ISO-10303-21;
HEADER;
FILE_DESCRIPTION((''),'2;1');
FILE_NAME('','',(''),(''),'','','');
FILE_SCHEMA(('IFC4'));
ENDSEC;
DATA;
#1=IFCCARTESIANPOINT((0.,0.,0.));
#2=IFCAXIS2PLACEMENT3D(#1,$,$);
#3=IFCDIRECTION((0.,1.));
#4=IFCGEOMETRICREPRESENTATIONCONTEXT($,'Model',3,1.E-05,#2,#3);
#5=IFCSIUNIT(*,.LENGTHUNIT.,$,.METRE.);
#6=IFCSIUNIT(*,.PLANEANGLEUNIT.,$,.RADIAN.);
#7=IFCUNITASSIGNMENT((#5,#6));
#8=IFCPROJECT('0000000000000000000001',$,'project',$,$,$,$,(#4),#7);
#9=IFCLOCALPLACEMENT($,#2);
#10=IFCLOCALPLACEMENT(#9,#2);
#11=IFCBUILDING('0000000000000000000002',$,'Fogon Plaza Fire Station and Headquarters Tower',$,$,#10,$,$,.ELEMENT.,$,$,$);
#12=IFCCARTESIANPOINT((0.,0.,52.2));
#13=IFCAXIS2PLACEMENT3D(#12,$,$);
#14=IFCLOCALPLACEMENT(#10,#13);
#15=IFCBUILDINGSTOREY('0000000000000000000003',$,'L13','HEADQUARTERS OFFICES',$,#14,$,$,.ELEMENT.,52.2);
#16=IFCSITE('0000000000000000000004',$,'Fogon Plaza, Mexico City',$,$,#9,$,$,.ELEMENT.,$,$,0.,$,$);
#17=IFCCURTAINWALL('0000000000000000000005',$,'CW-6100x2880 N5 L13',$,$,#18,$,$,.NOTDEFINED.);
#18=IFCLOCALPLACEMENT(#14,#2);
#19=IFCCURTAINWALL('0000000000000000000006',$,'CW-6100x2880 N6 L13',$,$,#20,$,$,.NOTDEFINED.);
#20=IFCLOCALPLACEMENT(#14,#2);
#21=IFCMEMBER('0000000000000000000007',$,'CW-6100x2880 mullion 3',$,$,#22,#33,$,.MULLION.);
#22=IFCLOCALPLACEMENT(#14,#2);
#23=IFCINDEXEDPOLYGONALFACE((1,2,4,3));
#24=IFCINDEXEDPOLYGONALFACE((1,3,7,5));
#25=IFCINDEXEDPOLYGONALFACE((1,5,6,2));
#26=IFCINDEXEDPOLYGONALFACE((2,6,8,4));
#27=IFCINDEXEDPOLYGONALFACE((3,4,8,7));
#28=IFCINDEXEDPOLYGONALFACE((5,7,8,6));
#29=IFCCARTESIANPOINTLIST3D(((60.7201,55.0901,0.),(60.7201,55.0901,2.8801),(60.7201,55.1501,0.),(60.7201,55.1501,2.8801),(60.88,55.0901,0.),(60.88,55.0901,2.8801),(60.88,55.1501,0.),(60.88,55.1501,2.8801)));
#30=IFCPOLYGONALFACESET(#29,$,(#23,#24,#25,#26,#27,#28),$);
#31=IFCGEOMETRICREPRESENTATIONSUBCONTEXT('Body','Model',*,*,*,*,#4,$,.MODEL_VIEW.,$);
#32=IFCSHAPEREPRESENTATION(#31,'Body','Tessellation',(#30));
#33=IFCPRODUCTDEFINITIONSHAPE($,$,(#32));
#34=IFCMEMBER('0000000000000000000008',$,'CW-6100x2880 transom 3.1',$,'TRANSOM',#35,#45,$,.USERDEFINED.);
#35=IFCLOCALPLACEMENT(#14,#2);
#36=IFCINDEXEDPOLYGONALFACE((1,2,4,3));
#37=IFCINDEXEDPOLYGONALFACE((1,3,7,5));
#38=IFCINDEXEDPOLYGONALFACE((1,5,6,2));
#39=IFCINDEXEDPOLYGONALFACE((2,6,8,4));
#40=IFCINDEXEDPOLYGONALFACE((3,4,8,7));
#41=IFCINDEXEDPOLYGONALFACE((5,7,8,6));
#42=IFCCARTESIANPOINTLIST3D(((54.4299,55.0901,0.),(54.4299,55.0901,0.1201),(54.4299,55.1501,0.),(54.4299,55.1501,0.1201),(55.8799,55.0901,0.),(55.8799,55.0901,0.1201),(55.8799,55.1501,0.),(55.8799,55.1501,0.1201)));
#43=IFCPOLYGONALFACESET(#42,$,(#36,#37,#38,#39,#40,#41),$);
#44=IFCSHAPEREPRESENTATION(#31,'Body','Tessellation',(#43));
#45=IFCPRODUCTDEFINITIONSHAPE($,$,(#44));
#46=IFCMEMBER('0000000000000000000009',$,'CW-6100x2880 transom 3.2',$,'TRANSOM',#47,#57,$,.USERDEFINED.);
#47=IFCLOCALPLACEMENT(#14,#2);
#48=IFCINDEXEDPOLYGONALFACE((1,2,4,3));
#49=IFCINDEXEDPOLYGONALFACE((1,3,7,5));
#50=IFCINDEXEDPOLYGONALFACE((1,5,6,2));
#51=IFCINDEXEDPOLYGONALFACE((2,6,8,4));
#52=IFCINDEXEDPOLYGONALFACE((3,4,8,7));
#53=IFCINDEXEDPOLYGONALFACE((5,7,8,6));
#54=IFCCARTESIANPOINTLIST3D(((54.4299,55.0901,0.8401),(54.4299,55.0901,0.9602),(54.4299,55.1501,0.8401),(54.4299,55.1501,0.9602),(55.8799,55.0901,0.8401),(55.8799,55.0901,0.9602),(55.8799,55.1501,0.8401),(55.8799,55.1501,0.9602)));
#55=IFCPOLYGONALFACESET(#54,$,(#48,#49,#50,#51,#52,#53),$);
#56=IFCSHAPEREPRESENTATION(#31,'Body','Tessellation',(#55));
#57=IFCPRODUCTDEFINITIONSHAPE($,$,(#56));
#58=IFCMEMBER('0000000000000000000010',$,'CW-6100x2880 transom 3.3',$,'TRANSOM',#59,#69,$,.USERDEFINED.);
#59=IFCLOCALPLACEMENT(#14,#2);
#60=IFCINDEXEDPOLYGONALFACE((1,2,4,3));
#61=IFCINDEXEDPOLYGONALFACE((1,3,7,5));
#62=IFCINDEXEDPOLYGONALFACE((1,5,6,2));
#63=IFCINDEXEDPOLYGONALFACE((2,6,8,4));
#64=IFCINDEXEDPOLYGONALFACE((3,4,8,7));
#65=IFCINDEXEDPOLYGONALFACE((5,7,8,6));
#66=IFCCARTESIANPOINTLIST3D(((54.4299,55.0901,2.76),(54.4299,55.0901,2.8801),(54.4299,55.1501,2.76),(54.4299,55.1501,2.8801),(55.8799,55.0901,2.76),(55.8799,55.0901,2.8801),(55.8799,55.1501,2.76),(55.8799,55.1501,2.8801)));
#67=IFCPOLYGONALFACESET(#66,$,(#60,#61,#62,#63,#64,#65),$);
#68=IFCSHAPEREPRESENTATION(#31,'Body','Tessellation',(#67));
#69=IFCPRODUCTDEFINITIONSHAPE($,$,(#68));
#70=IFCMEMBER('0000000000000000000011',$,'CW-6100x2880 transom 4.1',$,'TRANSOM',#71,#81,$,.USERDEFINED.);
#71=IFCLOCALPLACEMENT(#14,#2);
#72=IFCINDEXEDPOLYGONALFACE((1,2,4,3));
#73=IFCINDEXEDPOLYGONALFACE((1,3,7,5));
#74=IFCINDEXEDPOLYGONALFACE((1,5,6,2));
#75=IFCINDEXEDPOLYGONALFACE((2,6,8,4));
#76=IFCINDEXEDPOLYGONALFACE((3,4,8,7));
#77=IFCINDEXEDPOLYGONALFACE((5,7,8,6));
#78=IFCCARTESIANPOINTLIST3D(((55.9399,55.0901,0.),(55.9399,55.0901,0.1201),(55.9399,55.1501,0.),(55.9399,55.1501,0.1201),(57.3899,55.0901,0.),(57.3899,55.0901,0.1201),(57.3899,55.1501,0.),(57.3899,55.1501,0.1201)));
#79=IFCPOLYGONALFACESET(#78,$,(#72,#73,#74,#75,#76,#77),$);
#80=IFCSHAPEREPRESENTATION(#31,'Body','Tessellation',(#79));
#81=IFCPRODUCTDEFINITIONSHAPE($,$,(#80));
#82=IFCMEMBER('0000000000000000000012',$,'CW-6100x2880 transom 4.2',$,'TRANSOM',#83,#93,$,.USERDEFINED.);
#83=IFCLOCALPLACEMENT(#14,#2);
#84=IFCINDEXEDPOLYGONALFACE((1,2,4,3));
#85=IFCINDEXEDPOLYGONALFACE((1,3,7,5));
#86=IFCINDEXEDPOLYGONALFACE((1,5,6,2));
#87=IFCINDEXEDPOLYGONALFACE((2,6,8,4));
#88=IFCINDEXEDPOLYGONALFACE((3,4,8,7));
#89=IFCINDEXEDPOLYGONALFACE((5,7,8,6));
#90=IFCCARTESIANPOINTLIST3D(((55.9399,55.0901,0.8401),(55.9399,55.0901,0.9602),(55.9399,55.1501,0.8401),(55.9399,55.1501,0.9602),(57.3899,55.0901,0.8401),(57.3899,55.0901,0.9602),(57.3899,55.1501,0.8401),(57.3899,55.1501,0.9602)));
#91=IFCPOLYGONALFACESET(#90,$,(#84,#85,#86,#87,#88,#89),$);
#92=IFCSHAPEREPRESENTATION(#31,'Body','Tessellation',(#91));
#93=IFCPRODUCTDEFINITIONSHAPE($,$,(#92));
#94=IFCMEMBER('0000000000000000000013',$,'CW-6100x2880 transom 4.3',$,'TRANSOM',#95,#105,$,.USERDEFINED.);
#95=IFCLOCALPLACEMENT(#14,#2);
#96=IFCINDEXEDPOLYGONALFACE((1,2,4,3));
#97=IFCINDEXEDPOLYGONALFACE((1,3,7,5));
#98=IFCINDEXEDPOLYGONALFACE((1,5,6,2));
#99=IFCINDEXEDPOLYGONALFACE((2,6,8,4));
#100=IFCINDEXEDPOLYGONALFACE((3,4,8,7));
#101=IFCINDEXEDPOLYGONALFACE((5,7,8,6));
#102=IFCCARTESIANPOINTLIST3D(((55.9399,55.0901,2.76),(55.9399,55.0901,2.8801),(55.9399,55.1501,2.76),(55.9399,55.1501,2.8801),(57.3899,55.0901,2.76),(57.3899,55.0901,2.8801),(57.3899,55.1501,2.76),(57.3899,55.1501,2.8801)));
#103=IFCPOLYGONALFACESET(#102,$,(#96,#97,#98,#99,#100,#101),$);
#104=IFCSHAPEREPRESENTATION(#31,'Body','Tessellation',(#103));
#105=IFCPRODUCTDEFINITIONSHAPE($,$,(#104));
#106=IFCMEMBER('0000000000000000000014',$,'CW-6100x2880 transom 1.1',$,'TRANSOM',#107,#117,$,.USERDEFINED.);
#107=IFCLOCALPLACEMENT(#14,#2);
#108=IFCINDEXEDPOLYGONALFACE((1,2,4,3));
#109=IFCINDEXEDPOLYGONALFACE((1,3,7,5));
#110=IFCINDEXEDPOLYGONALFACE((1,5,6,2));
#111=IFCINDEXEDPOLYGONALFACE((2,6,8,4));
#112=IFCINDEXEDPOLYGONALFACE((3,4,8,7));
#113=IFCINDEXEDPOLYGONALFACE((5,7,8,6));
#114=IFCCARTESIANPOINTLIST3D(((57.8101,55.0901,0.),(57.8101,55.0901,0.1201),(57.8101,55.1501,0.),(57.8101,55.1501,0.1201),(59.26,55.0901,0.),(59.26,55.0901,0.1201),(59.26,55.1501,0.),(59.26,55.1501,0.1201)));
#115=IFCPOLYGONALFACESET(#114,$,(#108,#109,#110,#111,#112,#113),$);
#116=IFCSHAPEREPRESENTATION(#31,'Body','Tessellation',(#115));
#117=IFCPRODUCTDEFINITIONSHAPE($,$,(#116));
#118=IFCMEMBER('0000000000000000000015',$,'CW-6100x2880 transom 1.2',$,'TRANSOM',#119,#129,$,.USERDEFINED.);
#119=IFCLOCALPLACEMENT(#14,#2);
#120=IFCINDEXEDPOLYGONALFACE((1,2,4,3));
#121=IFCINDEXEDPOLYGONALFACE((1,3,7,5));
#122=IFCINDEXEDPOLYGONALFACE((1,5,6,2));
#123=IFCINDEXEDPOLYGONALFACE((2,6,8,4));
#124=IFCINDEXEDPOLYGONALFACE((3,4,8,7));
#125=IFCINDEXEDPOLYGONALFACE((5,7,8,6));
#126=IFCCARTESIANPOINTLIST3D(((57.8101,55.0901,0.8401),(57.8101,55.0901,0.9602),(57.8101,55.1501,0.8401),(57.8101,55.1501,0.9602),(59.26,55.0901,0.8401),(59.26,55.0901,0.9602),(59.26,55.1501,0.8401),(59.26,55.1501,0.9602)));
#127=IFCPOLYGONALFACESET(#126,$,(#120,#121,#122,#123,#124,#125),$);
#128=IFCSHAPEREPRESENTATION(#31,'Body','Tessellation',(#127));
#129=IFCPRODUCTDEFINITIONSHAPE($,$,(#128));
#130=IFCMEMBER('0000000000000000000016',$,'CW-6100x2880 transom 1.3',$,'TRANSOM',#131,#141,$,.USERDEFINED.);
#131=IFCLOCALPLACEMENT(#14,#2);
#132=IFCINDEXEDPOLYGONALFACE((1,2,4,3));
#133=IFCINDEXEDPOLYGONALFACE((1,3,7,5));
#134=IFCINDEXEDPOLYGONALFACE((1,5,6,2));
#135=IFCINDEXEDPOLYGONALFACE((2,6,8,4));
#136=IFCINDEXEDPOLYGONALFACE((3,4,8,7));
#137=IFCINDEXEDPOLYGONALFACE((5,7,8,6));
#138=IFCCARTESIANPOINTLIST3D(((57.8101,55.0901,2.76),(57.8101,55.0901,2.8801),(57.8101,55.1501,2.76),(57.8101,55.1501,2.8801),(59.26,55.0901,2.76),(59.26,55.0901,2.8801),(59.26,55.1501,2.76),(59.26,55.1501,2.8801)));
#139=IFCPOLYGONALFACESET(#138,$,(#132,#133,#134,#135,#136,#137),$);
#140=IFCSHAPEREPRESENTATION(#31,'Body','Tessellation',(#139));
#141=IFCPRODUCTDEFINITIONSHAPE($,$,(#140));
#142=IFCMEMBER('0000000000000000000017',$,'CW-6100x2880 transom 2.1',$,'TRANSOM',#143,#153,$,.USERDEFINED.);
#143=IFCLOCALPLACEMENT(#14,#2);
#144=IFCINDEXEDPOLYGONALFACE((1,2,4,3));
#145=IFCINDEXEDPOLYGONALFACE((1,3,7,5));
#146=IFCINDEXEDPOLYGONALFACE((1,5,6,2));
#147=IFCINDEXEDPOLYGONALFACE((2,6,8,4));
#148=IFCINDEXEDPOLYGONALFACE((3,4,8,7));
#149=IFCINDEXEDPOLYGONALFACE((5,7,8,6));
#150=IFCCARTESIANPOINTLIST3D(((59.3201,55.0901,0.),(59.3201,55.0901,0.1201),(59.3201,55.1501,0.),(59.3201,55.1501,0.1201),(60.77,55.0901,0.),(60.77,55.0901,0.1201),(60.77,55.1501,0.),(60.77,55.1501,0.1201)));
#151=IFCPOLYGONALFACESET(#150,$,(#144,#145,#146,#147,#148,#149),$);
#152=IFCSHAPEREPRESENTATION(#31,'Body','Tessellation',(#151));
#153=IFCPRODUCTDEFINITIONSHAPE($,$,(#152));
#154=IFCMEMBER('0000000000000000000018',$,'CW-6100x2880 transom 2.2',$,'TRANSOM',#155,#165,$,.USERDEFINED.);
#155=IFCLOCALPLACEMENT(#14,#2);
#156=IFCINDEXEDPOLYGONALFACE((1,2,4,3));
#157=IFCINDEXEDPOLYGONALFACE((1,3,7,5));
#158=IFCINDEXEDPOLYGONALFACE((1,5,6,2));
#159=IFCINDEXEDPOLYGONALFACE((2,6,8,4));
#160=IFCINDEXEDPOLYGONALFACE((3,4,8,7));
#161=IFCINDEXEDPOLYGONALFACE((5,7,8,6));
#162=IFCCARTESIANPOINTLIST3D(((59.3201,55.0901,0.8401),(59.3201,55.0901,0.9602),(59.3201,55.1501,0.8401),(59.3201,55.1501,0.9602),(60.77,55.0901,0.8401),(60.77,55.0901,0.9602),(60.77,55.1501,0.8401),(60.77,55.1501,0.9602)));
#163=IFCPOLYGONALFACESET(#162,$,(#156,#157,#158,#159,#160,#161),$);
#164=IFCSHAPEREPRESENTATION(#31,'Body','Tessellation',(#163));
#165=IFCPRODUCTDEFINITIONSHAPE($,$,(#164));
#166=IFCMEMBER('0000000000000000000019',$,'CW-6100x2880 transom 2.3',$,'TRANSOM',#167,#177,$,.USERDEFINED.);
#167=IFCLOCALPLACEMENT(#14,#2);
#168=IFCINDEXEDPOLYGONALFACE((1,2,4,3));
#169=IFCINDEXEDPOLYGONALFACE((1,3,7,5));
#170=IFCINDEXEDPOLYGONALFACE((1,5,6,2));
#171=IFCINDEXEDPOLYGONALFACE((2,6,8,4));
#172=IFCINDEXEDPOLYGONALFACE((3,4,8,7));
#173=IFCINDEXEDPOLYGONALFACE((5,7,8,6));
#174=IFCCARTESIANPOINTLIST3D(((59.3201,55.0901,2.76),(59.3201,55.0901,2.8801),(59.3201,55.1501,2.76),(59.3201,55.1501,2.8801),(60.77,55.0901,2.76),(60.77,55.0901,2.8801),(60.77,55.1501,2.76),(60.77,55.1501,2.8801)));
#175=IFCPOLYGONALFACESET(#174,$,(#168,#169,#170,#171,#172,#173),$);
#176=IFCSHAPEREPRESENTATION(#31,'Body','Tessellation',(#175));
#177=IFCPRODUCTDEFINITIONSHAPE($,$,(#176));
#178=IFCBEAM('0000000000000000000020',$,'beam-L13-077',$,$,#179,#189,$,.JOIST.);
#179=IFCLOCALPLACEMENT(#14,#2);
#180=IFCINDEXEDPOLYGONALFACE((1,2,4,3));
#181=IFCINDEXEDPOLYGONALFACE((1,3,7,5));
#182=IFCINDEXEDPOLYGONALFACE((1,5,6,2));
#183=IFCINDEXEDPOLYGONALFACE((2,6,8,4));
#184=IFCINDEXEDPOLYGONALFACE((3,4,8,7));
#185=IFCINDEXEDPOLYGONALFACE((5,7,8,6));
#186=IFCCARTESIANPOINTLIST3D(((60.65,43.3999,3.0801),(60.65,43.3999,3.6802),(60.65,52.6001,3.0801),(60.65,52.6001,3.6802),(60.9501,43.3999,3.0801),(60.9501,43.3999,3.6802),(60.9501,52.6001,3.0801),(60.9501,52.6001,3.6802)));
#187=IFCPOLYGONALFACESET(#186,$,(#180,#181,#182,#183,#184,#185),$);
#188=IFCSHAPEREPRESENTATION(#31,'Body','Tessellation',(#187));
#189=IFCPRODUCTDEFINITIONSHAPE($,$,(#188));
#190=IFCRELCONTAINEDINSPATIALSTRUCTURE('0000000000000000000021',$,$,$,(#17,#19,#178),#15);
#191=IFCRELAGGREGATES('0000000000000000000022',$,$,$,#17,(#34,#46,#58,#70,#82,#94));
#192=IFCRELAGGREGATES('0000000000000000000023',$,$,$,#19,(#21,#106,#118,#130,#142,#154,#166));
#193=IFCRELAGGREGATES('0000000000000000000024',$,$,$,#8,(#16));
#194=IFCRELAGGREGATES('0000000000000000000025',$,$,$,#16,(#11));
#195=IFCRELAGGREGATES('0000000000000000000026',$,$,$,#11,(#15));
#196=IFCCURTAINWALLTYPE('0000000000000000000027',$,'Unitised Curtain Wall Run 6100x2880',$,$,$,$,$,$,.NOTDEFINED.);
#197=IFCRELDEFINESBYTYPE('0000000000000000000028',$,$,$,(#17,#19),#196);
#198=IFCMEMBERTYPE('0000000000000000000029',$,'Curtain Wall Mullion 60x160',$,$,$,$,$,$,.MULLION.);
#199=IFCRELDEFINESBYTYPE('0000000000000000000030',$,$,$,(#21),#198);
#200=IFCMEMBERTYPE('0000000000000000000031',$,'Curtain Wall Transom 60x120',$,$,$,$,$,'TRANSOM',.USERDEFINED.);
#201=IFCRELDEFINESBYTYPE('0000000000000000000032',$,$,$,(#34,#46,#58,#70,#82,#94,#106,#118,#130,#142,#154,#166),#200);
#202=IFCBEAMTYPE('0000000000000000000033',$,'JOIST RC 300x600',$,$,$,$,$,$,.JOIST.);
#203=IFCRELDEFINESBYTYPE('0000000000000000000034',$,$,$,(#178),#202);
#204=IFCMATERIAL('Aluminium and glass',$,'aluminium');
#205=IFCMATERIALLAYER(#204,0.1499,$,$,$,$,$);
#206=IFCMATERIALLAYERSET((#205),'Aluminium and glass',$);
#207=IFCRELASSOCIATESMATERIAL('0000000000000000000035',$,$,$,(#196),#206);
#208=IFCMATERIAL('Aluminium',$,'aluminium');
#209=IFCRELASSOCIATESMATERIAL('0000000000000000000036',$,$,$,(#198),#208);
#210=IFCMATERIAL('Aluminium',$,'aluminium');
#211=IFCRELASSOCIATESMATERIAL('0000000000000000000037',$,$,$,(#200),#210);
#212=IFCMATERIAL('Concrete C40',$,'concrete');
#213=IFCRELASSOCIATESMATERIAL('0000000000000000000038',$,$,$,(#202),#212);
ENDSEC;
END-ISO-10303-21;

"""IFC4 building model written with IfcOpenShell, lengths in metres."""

from ifc_helpers import new_model, si_unit, direction, frame, origin, origin_2d, place, context, subcontext, project, spatial, rectangle, extrude, material, layer, layer_set, material_profile, profile_set, type_object, element, aggregate, save


model = new_model("IFC4")

# Units and contexts
model_context = context("Model", 3, precision=1e-05, world=origin(), true_north=direction((0.0, 1.0)))
body_context = subcontext(model_context, "Body", "Model", "MODEL_VIEW")
ifc_project = project(units=[si_unit("LENGTHUNIT", "METRE"), si_unit("PLANEANGLEUNIT", "RADIAN")], contexts=[model_context])

# Site, building, storey
site_placement = place(None, origin())
site = spatial("IfcSite", under=ifc_project, at=site_placement, Name="Fogon Plaza, Mexico City", CompositionType="ELEMENT", RefElevation=0.0)
building_placement = place(site_placement, origin())
building = spatial("IfcBuilding", under=site, at=building_placement, Name="Fogon Plaza Fire Station and Headquarters Tower", CompositionType="ELEMENT")
storey_placement = place(building_placement, frame((0.0, 0.0, 52.2)))
storey = spatial("IfcBuildingStorey", under=building, at=storey_placement, Name="L13", Description="HEADQUARTERS OFFICES", CompositionType="ELEMENT", Elevation=52.2)

# Curtain walls, member
ifc_material_1 = material(Name="Aluminium and glass", Category="aluminium")
ifc_layer_1 = layer(ifc_material_1, 0.1499)
ifc_layer_set_1 = layer_set([ifc_layer_1], Name="Aluminium and glass")
curtain_wall_type = type_object("IfcCurtainWallType", Name="Unitised Curtain Wall Run 6100x2880", PredefinedType="NOTDEFINED", material=ifc_layer_set_1)
curtain_wall_1_placement = place(storey_placement, origin())
curtain_wall_1 = element("IfcCurtainWall", 1, at=curtain_wall_1_placement, inside=storey, type_object=curtain_wall_type, Name="CW-6100x2880 N5 L13", PredefinedType="NOTDEFINED")
ifc_material_2 = material(Name="Aluminium", Category="aluminium")
ifc_material_profile_1 = material_profile(ifc_material_2, rectangle(XDim=0.0601, YDim=0.1599, at=origin_2d()), Name="Curtain Wall Mullion 60x160")
ifc_profile_set_1 = profile_set([ifc_material_profile_1], Name="Aluminium")
member_type_1 = type_object("IfcMemberType", Name="Curtain Wall Mullion 60x160", PredefinedType="MULLION", material=ifc_profile_set_1)
curtain_wall_2_placement = place(storey_placement, origin())
curtain_wall_2 = element("IfcCurtainWall", 2, at=curtain_wall_2_placement, inside=storey, type_object=curtain_wall_type, Name="CW-6100x2880 N6 L13", PredefinedType="NOTDEFINED")
member_1_placement = place(storey_placement, frame((60.8, 55.1201, 0.0), z_axis=(0.0, 0.0, 1.0), x_axis=(0.0, 1.0, 0.0)))
member_1 = element("IfcMember", 3, at=member_1_placement, type_object=member_type_1, Name="CW-6100x2880 mullion 3", PredefinedType="MULLION", context=body_context, shape_type="SweptSolid", body=[
    extrude(rectangle(XDim=0.0601, YDim=0.1599, at=origin_2d()), origin(), (0.0, 0.0, 1.0), 2.8801),
])

# Members
ifc_material_3 = material(Name="Aluminium", Category="aluminium")
ifc_material_profile_2 = material_profile(ifc_material_3, rectangle(XDim=0.0601, YDim=0.1201, at=origin_2d()), Name="Curtain Wall Transom 60x120")
ifc_profile_set_2 = profile_set([ifc_material_profile_2], Name="Aluminium")
member_type_2 = type_object("IfcMemberType", Name="Curtain Wall Transom 60x120", ElementType="TRANSOM", PredefinedType="USERDEFINED", material=ifc_profile_set_2)
member_2_placement = place(storey_placement, frame((54.4299, 55.1201, 0.0601), z_axis=(1.0, 0.0, 0.0), x_axis=(0.0, 1.0, 0.0)))
member_2 = element("IfcMember", 4, at=member_2_placement, type_object=member_type_2, Name="CW-6100x2880 transom 3.1", ObjectType="TRANSOM", PredefinedType="USERDEFINED", context=body_context, shape_type="SweptSolid", body=[
    extrude(rectangle(XDim=0.0601, YDim=0.1201, at=origin_2d()), origin(), (0.0, 0.0, 1.0), 1.45),
])
member_3_placement = place(storey_placement, frame((54.4299, 55.1201, 0.9001), z_axis=(1.0, 0.0, 0.0), x_axis=(0.0, 1.0, 0.0)))
member_3 = element("IfcMember", 5, at=member_3_placement, type_object=member_type_2, Name="CW-6100x2880 transom 3.2", ObjectType="TRANSOM", PredefinedType="USERDEFINED", context=body_context, shape_type="SweptSolid", body=[
    extrude(rectangle(XDim=0.0601, YDim=0.1201, at=origin_2d()), origin(), (0.0, 0.0, 1.0), 1.45),
])
member_4_placement = place(storey_placement, frame((54.4299, 55.1201, 2.8201), z_axis=(1.0, 0.0, 0.0), x_axis=(0.0, 1.0, 0.0)))
member_4 = element("IfcMember", 6, at=member_4_placement, type_object=member_type_2, Name="CW-6100x2880 transom 3.3", ObjectType="TRANSOM", PredefinedType="USERDEFINED", context=body_context, shape_type="SweptSolid", body=[
    extrude(rectangle(XDim=0.0601, YDim=0.1201, at=origin_2d()), origin(), (0.0, 0.0, 1.0), 1.45),
])
member_5_placement = place(storey_placement, frame((55.9399, 55.1201, 0.0601), z_axis=(1.0, 0.0, 0.0), x_axis=(0.0, 1.0, 0.0)))
member_5 = element("IfcMember", 7, at=member_5_placement, type_object=member_type_2, Name="CW-6100x2880 transom 4.1", ObjectType="TRANSOM", PredefinedType="USERDEFINED", context=body_context, shape_type="SweptSolid", body=[
    extrude(rectangle(XDim=0.0601, YDim=0.1201, at=origin_2d()), origin(), (0.0, 0.0, 1.0), 1.45),
])
member_6_placement = place(storey_placement, frame((55.9399, 55.1201, 0.9001), z_axis=(1.0, 0.0, 0.0), x_axis=(0.0, 1.0, 0.0)))
member_6 = element("IfcMember", 8, at=member_6_placement, type_object=member_type_2, Name="CW-6100x2880 transom 4.2", ObjectType="TRANSOM", PredefinedType="USERDEFINED", context=body_context, shape_type="SweptSolid", body=[
    extrude(rectangle(XDim=0.0601, YDim=0.1201, at=origin_2d()), origin(), (0.0, 0.0, 1.0), 1.45),
])
member_7_placement = place(storey_placement, frame((55.9399, 55.1201, 2.8201), z_axis=(1.0, 0.0, 0.0), x_axis=(0.0, 1.0, 0.0)))
member_7 = element("IfcMember", 9, at=member_7_placement, type_object=member_type_2, Name="CW-6100x2880 transom 4.3", ObjectType="TRANSOM", PredefinedType="USERDEFINED", context=body_context, shape_type="SweptSolid", body=[
    extrude(rectangle(XDim=0.0601, YDim=0.1201, at=origin_2d()), origin(), (0.0, 0.0, 1.0), 1.45),
])
member_8_placement = place(storey_placement, frame((57.8101, 55.1201, 0.0601), z_axis=(1.0, 0.0, 0.0), x_axis=(0.0, 1.0, 0.0)))
member_8 = element("IfcMember", 10, at=member_8_placement, type_object=member_type_2, Name="CW-6100x2880 transom 1.1", ObjectType="TRANSOM", PredefinedType="USERDEFINED", context=body_context, shape_type="SweptSolid", body=[
    extrude(rectangle(XDim=0.0601, YDim=0.1201, at=origin_2d()), origin(), (0.0, 0.0, 1.0), 1.45),
])
member_9_placement = place(storey_placement, frame((57.8101, 55.1201, 0.9001), z_axis=(1.0, 0.0, 0.0), x_axis=(0.0, 1.0, 0.0)))
member_9 = element("IfcMember", 11, at=member_9_placement, type_object=member_type_2, Name="CW-6100x2880 transom 1.2", ObjectType="TRANSOM", PredefinedType="USERDEFINED", context=body_context, shape_type="SweptSolid", body=[
    extrude(rectangle(XDim=0.0601, YDim=0.1201, at=origin_2d()), origin(), (0.0, 0.0, 1.0), 1.45),
])
member_10_placement = place(storey_placement, frame((57.8101, 55.1201, 2.8201), z_axis=(1.0, 0.0, 0.0), x_axis=(0.0, 1.0, 0.0)))
member_10 = element("IfcMember", 12, at=member_10_placement, type_object=member_type_2, Name="CW-6100x2880 transom 1.3", ObjectType="TRANSOM", PredefinedType="USERDEFINED", context=body_context, shape_type="SweptSolid", body=[
    extrude(rectangle(XDim=0.0601, YDim=0.1201, at=origin_2d()), origin(), (0.0, 0.0, 1.0), 1.45),
])
member_11_placement = place(storey_placement, frame((59.3201, 55.1201, 0.0601), z_axis=(1.0, 0.0, 0.0), x_axis=(0.0, 1.0, 0.0)))
member_11 = element("IfcMember", 13, at=member_11_placement, type_object=member_type_2, Name="CW-6100x2880 transom 2.1", ObjectType="TRANSOM", PredefinedType="USERDEFINED", context=body_context, shape_type="SweptSolid", body=[
    extrude(rectangle(XDim=0.0601, YDim=0.1201, at=origin_2d()), origin(), (0.0, 0.0, 1.0), 1.45),
])
member_12_placement = place(storey_placement, frame((59.3201, 55.1201, 0.9001), z_axis=(1.0, 0.0, 0.0), x_axis=(0.0, 1.0, 0.0)))
member_12 = element("IfcMember", 14, at=member_12_placement, type_object=member_type_2, Name="CW-6100x2880 transom 2.2", ObjectType="TRANSOM", PredefinedType="USERDEFINED", context=body_context, shape_type="SweptSolid", body=[
    extrude(rectangle(XDim=0.0601, YDim=0.1201, at=origin_2d()), origin(), (0.0, 0.0, 1.0), 1.45),
])
member_13_placement = place(storey_placement, frame((59.3201, 55.1201, 2.8201), z_axis=(1.0, 0.0, 0.0), x_axis=(0.0, 1.0, 0.0)))
member_13 = element("IfcMember", 15, at=member_13_placement, type_object=member_type_2, Name="CW-6100x2880 transom 2.3", ObjectType="TRANSOM", PredefinedType="USERDEFINED", context=body_context, shape_type="SweptSolid", body=[
    extrude(rectangle(XDim=0.0601, YDim=0.1201, at=origin_2d()), origin(), (0.0, 0.0, 1.0), 1.45),
])

# Beam
ifc_material_4 = material(Name="Concrete C40", Category="concrete")
ifc_material_profile_3 = material_profile(ifc_material_4, rectangle(XDim=0.3, YDim=0.6001, at=origin_2d()), Name="RC 300x600")
ifc_profile_set_3 = profile_set([ifc_material_profile_3], Name="Concrete C40")
beam_type_1 = type_object("IfcBeamType", Name="JOIST RC 300x600", PredefinedType="JOIST", material=ifc_profile_set_3)
beam_1_placement = place(storey_placement, frame((60.8, 43.3999, 3.3801), z_axis=(0.0, 1.0, 0.0), x_axis=(-1.0, 0.0, 0.0)))
element("IfcBeam", 16, at=beam_1_placement, inside=storey, type_object=beam_type_1, Name="beam-L13-077", PredefinedType="JOIST", context=body_context, shape_type="SweptSolid", body=[
    extrude(rectangle(XDim=0.3, YDim=0.6001, at=origin_2d()), origin(), (0.0, 0.0, 1.0), 9.2002),
])

aggregate(curtain_wall_1, [member_2, member_3, member_4, member_5, member_6, member_7])
aggregate(curtain_wall_2, [member_1, member_8, member_9, member_10, member_11, member_12, member_13])

save(model, "model.ifc")
